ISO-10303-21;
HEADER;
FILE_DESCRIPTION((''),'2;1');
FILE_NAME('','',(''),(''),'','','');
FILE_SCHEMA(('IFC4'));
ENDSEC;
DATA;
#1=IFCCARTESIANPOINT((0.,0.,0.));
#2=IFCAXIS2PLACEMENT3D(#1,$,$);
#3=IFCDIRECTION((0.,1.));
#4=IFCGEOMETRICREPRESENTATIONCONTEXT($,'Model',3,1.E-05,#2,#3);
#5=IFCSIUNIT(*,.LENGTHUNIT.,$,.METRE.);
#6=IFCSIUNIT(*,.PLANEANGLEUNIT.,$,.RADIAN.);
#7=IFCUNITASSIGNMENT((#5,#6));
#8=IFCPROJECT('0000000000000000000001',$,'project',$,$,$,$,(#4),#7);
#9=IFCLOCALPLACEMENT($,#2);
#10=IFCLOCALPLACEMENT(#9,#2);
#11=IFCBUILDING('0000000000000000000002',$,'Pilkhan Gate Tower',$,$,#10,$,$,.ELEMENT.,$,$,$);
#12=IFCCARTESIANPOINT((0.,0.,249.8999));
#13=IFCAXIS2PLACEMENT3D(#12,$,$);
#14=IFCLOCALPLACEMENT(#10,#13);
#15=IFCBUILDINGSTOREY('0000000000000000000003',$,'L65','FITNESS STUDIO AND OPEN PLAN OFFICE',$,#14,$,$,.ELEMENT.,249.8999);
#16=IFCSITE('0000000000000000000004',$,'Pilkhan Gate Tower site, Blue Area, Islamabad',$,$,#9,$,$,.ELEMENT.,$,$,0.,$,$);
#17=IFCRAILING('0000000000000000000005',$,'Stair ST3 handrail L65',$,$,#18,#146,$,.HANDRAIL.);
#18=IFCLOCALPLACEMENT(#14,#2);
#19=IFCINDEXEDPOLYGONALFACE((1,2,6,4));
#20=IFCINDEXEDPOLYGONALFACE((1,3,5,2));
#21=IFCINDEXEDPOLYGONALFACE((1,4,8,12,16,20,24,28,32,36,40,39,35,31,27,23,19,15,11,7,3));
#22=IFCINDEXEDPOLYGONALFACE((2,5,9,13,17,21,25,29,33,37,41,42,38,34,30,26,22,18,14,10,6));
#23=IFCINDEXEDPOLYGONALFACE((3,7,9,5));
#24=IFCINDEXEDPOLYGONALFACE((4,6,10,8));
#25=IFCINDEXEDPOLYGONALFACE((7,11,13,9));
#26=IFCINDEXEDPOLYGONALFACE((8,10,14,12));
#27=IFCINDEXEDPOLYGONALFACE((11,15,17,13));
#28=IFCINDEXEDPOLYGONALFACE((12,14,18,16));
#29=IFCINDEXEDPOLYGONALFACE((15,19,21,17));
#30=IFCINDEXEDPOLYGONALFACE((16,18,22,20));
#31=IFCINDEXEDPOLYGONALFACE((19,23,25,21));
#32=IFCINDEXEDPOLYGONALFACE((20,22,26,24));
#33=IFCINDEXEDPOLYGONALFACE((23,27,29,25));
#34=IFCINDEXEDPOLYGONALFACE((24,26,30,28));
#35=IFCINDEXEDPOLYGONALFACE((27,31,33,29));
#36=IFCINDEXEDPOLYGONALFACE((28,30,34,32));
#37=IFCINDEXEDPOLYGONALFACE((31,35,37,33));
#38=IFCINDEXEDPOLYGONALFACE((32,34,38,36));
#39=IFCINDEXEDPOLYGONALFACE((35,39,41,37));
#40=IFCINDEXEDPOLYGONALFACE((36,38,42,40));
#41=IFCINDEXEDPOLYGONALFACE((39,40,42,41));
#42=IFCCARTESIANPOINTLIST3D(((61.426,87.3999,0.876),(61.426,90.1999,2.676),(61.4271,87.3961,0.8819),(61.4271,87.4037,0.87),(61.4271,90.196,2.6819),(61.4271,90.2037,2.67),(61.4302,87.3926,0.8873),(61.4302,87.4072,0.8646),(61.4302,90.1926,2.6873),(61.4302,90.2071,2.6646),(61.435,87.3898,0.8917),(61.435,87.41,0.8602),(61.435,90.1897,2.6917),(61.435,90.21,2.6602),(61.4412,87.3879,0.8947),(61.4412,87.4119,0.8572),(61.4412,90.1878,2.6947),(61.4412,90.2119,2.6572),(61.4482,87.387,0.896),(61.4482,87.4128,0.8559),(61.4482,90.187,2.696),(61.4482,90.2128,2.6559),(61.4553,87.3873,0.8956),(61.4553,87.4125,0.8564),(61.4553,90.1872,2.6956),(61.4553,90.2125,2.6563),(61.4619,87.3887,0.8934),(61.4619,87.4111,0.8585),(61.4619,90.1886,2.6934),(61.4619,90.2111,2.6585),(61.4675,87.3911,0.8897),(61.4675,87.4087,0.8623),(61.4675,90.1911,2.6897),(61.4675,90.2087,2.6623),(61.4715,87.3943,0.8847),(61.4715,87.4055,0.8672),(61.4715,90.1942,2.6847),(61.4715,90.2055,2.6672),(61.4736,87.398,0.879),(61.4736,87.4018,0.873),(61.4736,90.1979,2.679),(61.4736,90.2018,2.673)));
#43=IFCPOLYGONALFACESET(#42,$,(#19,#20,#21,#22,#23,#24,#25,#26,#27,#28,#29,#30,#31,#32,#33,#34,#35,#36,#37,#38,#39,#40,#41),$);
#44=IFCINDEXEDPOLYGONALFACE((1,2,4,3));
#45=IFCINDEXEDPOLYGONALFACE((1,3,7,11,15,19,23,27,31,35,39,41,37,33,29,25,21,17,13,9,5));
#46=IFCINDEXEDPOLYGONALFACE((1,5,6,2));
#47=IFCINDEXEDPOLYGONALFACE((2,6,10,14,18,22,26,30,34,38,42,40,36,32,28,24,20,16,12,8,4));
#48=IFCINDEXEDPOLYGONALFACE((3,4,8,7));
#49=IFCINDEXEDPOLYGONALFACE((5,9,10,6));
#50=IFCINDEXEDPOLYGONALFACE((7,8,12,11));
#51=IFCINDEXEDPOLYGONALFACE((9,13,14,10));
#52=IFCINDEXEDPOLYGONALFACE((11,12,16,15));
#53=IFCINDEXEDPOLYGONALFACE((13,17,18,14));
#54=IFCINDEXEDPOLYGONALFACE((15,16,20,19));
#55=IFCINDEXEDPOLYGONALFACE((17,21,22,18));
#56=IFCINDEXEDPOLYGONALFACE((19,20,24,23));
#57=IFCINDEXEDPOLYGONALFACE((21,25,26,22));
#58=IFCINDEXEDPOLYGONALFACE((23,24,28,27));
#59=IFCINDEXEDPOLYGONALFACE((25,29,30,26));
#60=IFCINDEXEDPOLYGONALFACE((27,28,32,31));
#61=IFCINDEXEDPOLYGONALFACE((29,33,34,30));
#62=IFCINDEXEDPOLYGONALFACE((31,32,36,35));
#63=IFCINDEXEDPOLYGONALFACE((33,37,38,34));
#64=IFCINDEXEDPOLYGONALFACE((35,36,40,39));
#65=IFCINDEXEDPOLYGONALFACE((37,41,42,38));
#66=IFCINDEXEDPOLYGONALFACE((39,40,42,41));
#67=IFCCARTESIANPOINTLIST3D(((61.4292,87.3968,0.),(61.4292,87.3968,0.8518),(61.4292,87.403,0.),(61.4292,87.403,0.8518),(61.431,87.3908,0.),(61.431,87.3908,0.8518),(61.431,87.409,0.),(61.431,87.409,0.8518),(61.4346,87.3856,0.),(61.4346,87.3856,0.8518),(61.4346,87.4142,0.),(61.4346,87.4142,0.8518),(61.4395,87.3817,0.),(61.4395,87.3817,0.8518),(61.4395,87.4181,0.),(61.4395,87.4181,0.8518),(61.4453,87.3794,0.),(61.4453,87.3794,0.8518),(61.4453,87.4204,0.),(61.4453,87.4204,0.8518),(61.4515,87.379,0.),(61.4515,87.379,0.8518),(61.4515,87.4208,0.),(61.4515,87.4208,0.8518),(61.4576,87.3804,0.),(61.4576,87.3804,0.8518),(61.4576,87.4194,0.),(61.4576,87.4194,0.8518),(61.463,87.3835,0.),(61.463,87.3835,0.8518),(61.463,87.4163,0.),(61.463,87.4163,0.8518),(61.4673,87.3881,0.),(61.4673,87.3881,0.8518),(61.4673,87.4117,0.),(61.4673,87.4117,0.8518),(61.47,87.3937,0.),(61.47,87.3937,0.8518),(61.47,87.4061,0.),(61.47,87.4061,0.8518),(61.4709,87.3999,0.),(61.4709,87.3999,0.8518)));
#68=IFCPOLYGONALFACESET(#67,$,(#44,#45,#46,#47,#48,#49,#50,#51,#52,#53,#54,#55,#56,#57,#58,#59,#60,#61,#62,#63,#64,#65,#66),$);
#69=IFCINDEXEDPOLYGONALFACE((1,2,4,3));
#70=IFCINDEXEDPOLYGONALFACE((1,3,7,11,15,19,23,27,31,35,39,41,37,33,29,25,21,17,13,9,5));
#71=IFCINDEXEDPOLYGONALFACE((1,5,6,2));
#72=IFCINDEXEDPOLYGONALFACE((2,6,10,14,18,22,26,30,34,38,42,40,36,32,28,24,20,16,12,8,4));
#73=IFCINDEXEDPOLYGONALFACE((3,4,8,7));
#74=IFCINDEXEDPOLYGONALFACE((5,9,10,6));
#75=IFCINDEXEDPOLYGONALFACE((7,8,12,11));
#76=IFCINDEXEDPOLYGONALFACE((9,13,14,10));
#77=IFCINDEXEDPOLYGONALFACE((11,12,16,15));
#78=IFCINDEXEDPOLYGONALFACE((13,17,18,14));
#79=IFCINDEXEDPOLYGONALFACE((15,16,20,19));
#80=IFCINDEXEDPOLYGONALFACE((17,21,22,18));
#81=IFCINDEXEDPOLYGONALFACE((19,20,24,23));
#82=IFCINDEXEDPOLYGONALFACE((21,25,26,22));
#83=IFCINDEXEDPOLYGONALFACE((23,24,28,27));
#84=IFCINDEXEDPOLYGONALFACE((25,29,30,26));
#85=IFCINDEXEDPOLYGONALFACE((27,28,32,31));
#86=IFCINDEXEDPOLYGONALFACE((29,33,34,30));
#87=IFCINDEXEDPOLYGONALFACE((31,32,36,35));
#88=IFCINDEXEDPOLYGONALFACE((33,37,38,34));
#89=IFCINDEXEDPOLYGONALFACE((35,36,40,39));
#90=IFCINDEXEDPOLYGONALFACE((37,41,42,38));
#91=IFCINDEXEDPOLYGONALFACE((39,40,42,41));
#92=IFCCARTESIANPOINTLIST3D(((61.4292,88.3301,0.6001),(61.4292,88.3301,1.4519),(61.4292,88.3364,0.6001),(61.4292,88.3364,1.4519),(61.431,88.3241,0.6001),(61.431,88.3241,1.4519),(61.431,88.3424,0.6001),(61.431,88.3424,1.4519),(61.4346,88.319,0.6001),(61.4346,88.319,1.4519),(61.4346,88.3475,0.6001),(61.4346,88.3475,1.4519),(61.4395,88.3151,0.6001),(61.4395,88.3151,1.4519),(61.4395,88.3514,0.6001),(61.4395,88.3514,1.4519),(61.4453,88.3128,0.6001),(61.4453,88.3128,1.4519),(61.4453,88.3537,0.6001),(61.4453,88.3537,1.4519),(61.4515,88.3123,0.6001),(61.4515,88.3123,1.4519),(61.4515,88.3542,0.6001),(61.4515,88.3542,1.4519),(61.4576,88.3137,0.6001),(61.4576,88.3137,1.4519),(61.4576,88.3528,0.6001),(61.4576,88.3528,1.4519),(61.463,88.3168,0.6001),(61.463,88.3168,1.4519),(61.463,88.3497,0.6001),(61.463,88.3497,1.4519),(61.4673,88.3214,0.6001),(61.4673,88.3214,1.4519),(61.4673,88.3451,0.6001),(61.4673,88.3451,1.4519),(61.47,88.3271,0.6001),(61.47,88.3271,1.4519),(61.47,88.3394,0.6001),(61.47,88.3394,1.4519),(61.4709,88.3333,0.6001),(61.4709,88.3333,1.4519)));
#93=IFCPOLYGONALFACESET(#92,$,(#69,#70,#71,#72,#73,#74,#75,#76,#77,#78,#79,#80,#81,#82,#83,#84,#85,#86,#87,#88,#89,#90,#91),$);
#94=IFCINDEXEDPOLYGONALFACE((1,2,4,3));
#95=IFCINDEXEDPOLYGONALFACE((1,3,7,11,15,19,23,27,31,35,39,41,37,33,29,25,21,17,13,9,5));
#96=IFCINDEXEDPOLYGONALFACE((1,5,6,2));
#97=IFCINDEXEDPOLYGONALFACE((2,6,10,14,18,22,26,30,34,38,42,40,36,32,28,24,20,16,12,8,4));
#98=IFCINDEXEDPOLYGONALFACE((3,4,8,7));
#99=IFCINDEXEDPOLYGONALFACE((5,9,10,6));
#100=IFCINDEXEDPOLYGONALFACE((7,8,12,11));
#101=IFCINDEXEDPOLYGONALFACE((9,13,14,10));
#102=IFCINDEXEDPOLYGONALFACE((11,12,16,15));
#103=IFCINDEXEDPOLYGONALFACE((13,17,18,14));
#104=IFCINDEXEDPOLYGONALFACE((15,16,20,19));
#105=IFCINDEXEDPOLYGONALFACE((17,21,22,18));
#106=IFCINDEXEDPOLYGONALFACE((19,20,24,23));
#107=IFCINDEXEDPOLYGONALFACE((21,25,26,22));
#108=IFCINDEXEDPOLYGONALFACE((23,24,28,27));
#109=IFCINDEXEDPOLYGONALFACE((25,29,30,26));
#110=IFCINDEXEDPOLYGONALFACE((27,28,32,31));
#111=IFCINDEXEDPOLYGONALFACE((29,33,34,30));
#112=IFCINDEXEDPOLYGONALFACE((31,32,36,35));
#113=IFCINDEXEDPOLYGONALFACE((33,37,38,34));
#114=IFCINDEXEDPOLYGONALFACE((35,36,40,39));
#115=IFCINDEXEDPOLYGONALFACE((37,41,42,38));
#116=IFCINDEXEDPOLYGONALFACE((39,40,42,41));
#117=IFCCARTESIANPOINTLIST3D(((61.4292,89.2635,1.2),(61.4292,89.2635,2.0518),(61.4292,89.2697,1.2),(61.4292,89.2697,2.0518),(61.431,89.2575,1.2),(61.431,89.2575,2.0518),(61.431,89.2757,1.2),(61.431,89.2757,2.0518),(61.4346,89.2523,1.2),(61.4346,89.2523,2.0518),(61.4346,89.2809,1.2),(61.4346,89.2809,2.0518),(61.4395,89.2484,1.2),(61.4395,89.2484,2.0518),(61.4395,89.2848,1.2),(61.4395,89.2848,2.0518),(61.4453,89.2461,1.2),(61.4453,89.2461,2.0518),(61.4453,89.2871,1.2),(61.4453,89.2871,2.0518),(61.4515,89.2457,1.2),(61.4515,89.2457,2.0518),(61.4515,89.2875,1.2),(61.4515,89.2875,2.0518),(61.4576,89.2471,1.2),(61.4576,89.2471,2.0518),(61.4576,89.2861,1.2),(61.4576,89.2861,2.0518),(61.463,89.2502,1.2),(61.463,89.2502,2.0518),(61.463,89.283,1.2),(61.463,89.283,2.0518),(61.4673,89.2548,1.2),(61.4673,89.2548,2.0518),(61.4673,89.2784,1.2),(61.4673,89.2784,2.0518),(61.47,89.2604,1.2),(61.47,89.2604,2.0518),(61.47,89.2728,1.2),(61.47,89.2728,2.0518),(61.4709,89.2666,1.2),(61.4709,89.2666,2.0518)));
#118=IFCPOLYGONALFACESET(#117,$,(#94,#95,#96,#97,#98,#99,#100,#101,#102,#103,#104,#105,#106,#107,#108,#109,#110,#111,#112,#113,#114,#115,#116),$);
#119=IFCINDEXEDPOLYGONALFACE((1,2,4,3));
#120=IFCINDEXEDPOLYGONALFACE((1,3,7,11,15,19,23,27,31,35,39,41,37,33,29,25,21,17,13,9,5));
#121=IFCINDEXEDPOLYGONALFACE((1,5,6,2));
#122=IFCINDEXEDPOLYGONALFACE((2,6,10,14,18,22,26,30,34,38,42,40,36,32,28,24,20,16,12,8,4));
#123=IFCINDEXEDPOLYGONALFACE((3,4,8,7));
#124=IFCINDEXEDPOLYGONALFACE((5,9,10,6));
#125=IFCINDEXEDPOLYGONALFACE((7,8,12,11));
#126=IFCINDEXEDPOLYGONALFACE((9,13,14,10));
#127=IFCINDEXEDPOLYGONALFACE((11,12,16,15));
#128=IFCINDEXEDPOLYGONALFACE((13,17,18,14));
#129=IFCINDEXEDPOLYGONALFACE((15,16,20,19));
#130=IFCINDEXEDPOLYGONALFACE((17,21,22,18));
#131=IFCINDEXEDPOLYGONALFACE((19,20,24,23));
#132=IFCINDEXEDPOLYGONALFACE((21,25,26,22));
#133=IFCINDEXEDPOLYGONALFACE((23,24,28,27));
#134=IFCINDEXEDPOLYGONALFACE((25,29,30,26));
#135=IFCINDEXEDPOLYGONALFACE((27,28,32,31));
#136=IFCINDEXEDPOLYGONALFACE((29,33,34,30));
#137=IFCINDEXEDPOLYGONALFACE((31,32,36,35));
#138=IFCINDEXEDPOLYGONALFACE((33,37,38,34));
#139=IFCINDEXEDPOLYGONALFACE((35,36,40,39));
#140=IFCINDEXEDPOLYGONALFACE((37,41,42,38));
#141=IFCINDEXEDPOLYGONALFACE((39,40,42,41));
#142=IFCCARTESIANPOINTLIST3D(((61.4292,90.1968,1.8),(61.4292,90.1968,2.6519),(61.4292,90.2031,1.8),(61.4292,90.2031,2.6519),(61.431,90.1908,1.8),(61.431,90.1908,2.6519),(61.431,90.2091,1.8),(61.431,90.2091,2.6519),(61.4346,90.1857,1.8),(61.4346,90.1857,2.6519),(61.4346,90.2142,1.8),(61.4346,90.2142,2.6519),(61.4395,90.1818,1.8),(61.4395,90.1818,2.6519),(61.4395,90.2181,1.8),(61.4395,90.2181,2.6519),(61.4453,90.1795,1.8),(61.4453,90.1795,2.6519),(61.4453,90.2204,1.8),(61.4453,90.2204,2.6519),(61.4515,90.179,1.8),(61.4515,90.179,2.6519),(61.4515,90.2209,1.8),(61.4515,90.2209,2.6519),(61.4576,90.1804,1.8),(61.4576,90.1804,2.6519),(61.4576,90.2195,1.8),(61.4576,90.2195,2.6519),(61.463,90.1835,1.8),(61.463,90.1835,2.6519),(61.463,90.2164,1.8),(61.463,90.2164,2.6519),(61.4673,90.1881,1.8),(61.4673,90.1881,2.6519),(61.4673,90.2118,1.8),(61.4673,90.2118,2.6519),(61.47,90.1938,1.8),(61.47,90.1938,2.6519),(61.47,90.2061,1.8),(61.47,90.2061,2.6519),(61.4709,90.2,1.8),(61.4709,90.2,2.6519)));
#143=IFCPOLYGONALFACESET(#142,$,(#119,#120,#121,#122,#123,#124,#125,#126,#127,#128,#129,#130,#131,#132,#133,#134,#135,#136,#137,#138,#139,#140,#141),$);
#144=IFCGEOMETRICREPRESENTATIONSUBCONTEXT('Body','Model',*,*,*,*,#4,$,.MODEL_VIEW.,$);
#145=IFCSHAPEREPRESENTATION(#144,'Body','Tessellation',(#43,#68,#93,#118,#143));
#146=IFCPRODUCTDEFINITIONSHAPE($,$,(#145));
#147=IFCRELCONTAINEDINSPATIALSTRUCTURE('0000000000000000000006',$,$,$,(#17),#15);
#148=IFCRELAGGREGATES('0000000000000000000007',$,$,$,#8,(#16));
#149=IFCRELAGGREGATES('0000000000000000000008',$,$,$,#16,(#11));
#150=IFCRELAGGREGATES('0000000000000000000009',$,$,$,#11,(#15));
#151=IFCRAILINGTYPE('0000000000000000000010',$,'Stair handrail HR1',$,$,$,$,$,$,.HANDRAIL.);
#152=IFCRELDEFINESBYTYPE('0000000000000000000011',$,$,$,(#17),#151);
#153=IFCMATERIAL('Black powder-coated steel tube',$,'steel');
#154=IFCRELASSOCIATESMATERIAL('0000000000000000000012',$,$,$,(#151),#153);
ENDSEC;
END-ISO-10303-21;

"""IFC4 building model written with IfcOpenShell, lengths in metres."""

from ifc_helpers import new_model, si_unit, direction, frame, origin, origin_2d, place, context, subcontext, project, spatial, circle, extrude, material, type_object, element, save


model = new_model("IFC4")

# Units and contexts
model_context = context("Model", 3, precision=1e-05, world=origin(), true_north=direction((0.0, 1.0)))
body_context = subcontext(model_context, "Body", "Model", "MODEL_VIEW")
ifc_project = project(units=[si_unit("LENGTHUNIT", "METRE"), si_unit("PLANEANGLEUNIT", "RADIAN")], contexts=[model_context])

# Site, building, storey
site_placement = place(None, origin())
site = spatial("IfcSite", under=ifc_project, at=site_placement, Name="Pilkhan Gate Tower site, Blue Area, Islamabad", CompositionType="ELEMENT", RefElevation=0.0)
building_placement = place(site_placement, origin())
building = spatial("IfcBuilding", under=site, at=building_placement, Name="Pilkhan Gate Tower", CompositionType="ELEMENT")
storey_placement = place(building_placement, frame((0.0, 0.0, 249.8999)))
storey = spatial("IfcBuildingStorey", under=building, at=storey_placement, Name="L65", Description="FITNESS STUDIO AND OPEN PLAN OFFICE", CompositionType="ELEMENT", Elevation=249.8999)

# Railing
ifc_material_1 = material(Name="Black powder-coated steel tube", Category="steel")
railing_type_1 = type_object("IfcRailingType", Name="Stair handrail HR1", PredefinedType="HANDRAIL", material=ifc_material_1)
railing_1_placement = place(storey_placement, frame((61.45, 87.3999, 0.0)))
element("IfcRailing", 1, at=railing_1_placement, inside=storey, type_object=railing_type_1, Name="Stair ST3 handrail L65", PredefinedType="HANDRAIL", context=body_context, shape_type="SweptSolid", body=[
    extrude(circle(Radius=0.0239, at=origin_2d()), frame((0.0, 0.0, 0.876), z_axis=(0.0, 0.841176, 0.540761), x_axis=(-1.0, 0.0, 0.0)), (0.0, 0.0, 1.0), 3.3286),
    extrude(circle(Radius=0.021, at=origin_2d()), origin(), (0.0, 0.0, 1.0), 0.8518),
    extrude(circle(Radius=0.021, at=origin_2d()), frame((0.0, 0.9333, 0.6001)), (0.0, 0.0, 1.0), 0.8518),
    extrude(circle(Radius=0.021, at=origin_2d()), frame((0.0, 1.8667, 1.2)), (0.0, 0.0, 1.0), 0.8518),
    extrude(circle(Radius=0.021, at=origin_2d()), frame((0.0, 2.8, 1.8)), (0.0, 0.0, 1.0), 0.8518),
])

save(model, "model.ifc")
